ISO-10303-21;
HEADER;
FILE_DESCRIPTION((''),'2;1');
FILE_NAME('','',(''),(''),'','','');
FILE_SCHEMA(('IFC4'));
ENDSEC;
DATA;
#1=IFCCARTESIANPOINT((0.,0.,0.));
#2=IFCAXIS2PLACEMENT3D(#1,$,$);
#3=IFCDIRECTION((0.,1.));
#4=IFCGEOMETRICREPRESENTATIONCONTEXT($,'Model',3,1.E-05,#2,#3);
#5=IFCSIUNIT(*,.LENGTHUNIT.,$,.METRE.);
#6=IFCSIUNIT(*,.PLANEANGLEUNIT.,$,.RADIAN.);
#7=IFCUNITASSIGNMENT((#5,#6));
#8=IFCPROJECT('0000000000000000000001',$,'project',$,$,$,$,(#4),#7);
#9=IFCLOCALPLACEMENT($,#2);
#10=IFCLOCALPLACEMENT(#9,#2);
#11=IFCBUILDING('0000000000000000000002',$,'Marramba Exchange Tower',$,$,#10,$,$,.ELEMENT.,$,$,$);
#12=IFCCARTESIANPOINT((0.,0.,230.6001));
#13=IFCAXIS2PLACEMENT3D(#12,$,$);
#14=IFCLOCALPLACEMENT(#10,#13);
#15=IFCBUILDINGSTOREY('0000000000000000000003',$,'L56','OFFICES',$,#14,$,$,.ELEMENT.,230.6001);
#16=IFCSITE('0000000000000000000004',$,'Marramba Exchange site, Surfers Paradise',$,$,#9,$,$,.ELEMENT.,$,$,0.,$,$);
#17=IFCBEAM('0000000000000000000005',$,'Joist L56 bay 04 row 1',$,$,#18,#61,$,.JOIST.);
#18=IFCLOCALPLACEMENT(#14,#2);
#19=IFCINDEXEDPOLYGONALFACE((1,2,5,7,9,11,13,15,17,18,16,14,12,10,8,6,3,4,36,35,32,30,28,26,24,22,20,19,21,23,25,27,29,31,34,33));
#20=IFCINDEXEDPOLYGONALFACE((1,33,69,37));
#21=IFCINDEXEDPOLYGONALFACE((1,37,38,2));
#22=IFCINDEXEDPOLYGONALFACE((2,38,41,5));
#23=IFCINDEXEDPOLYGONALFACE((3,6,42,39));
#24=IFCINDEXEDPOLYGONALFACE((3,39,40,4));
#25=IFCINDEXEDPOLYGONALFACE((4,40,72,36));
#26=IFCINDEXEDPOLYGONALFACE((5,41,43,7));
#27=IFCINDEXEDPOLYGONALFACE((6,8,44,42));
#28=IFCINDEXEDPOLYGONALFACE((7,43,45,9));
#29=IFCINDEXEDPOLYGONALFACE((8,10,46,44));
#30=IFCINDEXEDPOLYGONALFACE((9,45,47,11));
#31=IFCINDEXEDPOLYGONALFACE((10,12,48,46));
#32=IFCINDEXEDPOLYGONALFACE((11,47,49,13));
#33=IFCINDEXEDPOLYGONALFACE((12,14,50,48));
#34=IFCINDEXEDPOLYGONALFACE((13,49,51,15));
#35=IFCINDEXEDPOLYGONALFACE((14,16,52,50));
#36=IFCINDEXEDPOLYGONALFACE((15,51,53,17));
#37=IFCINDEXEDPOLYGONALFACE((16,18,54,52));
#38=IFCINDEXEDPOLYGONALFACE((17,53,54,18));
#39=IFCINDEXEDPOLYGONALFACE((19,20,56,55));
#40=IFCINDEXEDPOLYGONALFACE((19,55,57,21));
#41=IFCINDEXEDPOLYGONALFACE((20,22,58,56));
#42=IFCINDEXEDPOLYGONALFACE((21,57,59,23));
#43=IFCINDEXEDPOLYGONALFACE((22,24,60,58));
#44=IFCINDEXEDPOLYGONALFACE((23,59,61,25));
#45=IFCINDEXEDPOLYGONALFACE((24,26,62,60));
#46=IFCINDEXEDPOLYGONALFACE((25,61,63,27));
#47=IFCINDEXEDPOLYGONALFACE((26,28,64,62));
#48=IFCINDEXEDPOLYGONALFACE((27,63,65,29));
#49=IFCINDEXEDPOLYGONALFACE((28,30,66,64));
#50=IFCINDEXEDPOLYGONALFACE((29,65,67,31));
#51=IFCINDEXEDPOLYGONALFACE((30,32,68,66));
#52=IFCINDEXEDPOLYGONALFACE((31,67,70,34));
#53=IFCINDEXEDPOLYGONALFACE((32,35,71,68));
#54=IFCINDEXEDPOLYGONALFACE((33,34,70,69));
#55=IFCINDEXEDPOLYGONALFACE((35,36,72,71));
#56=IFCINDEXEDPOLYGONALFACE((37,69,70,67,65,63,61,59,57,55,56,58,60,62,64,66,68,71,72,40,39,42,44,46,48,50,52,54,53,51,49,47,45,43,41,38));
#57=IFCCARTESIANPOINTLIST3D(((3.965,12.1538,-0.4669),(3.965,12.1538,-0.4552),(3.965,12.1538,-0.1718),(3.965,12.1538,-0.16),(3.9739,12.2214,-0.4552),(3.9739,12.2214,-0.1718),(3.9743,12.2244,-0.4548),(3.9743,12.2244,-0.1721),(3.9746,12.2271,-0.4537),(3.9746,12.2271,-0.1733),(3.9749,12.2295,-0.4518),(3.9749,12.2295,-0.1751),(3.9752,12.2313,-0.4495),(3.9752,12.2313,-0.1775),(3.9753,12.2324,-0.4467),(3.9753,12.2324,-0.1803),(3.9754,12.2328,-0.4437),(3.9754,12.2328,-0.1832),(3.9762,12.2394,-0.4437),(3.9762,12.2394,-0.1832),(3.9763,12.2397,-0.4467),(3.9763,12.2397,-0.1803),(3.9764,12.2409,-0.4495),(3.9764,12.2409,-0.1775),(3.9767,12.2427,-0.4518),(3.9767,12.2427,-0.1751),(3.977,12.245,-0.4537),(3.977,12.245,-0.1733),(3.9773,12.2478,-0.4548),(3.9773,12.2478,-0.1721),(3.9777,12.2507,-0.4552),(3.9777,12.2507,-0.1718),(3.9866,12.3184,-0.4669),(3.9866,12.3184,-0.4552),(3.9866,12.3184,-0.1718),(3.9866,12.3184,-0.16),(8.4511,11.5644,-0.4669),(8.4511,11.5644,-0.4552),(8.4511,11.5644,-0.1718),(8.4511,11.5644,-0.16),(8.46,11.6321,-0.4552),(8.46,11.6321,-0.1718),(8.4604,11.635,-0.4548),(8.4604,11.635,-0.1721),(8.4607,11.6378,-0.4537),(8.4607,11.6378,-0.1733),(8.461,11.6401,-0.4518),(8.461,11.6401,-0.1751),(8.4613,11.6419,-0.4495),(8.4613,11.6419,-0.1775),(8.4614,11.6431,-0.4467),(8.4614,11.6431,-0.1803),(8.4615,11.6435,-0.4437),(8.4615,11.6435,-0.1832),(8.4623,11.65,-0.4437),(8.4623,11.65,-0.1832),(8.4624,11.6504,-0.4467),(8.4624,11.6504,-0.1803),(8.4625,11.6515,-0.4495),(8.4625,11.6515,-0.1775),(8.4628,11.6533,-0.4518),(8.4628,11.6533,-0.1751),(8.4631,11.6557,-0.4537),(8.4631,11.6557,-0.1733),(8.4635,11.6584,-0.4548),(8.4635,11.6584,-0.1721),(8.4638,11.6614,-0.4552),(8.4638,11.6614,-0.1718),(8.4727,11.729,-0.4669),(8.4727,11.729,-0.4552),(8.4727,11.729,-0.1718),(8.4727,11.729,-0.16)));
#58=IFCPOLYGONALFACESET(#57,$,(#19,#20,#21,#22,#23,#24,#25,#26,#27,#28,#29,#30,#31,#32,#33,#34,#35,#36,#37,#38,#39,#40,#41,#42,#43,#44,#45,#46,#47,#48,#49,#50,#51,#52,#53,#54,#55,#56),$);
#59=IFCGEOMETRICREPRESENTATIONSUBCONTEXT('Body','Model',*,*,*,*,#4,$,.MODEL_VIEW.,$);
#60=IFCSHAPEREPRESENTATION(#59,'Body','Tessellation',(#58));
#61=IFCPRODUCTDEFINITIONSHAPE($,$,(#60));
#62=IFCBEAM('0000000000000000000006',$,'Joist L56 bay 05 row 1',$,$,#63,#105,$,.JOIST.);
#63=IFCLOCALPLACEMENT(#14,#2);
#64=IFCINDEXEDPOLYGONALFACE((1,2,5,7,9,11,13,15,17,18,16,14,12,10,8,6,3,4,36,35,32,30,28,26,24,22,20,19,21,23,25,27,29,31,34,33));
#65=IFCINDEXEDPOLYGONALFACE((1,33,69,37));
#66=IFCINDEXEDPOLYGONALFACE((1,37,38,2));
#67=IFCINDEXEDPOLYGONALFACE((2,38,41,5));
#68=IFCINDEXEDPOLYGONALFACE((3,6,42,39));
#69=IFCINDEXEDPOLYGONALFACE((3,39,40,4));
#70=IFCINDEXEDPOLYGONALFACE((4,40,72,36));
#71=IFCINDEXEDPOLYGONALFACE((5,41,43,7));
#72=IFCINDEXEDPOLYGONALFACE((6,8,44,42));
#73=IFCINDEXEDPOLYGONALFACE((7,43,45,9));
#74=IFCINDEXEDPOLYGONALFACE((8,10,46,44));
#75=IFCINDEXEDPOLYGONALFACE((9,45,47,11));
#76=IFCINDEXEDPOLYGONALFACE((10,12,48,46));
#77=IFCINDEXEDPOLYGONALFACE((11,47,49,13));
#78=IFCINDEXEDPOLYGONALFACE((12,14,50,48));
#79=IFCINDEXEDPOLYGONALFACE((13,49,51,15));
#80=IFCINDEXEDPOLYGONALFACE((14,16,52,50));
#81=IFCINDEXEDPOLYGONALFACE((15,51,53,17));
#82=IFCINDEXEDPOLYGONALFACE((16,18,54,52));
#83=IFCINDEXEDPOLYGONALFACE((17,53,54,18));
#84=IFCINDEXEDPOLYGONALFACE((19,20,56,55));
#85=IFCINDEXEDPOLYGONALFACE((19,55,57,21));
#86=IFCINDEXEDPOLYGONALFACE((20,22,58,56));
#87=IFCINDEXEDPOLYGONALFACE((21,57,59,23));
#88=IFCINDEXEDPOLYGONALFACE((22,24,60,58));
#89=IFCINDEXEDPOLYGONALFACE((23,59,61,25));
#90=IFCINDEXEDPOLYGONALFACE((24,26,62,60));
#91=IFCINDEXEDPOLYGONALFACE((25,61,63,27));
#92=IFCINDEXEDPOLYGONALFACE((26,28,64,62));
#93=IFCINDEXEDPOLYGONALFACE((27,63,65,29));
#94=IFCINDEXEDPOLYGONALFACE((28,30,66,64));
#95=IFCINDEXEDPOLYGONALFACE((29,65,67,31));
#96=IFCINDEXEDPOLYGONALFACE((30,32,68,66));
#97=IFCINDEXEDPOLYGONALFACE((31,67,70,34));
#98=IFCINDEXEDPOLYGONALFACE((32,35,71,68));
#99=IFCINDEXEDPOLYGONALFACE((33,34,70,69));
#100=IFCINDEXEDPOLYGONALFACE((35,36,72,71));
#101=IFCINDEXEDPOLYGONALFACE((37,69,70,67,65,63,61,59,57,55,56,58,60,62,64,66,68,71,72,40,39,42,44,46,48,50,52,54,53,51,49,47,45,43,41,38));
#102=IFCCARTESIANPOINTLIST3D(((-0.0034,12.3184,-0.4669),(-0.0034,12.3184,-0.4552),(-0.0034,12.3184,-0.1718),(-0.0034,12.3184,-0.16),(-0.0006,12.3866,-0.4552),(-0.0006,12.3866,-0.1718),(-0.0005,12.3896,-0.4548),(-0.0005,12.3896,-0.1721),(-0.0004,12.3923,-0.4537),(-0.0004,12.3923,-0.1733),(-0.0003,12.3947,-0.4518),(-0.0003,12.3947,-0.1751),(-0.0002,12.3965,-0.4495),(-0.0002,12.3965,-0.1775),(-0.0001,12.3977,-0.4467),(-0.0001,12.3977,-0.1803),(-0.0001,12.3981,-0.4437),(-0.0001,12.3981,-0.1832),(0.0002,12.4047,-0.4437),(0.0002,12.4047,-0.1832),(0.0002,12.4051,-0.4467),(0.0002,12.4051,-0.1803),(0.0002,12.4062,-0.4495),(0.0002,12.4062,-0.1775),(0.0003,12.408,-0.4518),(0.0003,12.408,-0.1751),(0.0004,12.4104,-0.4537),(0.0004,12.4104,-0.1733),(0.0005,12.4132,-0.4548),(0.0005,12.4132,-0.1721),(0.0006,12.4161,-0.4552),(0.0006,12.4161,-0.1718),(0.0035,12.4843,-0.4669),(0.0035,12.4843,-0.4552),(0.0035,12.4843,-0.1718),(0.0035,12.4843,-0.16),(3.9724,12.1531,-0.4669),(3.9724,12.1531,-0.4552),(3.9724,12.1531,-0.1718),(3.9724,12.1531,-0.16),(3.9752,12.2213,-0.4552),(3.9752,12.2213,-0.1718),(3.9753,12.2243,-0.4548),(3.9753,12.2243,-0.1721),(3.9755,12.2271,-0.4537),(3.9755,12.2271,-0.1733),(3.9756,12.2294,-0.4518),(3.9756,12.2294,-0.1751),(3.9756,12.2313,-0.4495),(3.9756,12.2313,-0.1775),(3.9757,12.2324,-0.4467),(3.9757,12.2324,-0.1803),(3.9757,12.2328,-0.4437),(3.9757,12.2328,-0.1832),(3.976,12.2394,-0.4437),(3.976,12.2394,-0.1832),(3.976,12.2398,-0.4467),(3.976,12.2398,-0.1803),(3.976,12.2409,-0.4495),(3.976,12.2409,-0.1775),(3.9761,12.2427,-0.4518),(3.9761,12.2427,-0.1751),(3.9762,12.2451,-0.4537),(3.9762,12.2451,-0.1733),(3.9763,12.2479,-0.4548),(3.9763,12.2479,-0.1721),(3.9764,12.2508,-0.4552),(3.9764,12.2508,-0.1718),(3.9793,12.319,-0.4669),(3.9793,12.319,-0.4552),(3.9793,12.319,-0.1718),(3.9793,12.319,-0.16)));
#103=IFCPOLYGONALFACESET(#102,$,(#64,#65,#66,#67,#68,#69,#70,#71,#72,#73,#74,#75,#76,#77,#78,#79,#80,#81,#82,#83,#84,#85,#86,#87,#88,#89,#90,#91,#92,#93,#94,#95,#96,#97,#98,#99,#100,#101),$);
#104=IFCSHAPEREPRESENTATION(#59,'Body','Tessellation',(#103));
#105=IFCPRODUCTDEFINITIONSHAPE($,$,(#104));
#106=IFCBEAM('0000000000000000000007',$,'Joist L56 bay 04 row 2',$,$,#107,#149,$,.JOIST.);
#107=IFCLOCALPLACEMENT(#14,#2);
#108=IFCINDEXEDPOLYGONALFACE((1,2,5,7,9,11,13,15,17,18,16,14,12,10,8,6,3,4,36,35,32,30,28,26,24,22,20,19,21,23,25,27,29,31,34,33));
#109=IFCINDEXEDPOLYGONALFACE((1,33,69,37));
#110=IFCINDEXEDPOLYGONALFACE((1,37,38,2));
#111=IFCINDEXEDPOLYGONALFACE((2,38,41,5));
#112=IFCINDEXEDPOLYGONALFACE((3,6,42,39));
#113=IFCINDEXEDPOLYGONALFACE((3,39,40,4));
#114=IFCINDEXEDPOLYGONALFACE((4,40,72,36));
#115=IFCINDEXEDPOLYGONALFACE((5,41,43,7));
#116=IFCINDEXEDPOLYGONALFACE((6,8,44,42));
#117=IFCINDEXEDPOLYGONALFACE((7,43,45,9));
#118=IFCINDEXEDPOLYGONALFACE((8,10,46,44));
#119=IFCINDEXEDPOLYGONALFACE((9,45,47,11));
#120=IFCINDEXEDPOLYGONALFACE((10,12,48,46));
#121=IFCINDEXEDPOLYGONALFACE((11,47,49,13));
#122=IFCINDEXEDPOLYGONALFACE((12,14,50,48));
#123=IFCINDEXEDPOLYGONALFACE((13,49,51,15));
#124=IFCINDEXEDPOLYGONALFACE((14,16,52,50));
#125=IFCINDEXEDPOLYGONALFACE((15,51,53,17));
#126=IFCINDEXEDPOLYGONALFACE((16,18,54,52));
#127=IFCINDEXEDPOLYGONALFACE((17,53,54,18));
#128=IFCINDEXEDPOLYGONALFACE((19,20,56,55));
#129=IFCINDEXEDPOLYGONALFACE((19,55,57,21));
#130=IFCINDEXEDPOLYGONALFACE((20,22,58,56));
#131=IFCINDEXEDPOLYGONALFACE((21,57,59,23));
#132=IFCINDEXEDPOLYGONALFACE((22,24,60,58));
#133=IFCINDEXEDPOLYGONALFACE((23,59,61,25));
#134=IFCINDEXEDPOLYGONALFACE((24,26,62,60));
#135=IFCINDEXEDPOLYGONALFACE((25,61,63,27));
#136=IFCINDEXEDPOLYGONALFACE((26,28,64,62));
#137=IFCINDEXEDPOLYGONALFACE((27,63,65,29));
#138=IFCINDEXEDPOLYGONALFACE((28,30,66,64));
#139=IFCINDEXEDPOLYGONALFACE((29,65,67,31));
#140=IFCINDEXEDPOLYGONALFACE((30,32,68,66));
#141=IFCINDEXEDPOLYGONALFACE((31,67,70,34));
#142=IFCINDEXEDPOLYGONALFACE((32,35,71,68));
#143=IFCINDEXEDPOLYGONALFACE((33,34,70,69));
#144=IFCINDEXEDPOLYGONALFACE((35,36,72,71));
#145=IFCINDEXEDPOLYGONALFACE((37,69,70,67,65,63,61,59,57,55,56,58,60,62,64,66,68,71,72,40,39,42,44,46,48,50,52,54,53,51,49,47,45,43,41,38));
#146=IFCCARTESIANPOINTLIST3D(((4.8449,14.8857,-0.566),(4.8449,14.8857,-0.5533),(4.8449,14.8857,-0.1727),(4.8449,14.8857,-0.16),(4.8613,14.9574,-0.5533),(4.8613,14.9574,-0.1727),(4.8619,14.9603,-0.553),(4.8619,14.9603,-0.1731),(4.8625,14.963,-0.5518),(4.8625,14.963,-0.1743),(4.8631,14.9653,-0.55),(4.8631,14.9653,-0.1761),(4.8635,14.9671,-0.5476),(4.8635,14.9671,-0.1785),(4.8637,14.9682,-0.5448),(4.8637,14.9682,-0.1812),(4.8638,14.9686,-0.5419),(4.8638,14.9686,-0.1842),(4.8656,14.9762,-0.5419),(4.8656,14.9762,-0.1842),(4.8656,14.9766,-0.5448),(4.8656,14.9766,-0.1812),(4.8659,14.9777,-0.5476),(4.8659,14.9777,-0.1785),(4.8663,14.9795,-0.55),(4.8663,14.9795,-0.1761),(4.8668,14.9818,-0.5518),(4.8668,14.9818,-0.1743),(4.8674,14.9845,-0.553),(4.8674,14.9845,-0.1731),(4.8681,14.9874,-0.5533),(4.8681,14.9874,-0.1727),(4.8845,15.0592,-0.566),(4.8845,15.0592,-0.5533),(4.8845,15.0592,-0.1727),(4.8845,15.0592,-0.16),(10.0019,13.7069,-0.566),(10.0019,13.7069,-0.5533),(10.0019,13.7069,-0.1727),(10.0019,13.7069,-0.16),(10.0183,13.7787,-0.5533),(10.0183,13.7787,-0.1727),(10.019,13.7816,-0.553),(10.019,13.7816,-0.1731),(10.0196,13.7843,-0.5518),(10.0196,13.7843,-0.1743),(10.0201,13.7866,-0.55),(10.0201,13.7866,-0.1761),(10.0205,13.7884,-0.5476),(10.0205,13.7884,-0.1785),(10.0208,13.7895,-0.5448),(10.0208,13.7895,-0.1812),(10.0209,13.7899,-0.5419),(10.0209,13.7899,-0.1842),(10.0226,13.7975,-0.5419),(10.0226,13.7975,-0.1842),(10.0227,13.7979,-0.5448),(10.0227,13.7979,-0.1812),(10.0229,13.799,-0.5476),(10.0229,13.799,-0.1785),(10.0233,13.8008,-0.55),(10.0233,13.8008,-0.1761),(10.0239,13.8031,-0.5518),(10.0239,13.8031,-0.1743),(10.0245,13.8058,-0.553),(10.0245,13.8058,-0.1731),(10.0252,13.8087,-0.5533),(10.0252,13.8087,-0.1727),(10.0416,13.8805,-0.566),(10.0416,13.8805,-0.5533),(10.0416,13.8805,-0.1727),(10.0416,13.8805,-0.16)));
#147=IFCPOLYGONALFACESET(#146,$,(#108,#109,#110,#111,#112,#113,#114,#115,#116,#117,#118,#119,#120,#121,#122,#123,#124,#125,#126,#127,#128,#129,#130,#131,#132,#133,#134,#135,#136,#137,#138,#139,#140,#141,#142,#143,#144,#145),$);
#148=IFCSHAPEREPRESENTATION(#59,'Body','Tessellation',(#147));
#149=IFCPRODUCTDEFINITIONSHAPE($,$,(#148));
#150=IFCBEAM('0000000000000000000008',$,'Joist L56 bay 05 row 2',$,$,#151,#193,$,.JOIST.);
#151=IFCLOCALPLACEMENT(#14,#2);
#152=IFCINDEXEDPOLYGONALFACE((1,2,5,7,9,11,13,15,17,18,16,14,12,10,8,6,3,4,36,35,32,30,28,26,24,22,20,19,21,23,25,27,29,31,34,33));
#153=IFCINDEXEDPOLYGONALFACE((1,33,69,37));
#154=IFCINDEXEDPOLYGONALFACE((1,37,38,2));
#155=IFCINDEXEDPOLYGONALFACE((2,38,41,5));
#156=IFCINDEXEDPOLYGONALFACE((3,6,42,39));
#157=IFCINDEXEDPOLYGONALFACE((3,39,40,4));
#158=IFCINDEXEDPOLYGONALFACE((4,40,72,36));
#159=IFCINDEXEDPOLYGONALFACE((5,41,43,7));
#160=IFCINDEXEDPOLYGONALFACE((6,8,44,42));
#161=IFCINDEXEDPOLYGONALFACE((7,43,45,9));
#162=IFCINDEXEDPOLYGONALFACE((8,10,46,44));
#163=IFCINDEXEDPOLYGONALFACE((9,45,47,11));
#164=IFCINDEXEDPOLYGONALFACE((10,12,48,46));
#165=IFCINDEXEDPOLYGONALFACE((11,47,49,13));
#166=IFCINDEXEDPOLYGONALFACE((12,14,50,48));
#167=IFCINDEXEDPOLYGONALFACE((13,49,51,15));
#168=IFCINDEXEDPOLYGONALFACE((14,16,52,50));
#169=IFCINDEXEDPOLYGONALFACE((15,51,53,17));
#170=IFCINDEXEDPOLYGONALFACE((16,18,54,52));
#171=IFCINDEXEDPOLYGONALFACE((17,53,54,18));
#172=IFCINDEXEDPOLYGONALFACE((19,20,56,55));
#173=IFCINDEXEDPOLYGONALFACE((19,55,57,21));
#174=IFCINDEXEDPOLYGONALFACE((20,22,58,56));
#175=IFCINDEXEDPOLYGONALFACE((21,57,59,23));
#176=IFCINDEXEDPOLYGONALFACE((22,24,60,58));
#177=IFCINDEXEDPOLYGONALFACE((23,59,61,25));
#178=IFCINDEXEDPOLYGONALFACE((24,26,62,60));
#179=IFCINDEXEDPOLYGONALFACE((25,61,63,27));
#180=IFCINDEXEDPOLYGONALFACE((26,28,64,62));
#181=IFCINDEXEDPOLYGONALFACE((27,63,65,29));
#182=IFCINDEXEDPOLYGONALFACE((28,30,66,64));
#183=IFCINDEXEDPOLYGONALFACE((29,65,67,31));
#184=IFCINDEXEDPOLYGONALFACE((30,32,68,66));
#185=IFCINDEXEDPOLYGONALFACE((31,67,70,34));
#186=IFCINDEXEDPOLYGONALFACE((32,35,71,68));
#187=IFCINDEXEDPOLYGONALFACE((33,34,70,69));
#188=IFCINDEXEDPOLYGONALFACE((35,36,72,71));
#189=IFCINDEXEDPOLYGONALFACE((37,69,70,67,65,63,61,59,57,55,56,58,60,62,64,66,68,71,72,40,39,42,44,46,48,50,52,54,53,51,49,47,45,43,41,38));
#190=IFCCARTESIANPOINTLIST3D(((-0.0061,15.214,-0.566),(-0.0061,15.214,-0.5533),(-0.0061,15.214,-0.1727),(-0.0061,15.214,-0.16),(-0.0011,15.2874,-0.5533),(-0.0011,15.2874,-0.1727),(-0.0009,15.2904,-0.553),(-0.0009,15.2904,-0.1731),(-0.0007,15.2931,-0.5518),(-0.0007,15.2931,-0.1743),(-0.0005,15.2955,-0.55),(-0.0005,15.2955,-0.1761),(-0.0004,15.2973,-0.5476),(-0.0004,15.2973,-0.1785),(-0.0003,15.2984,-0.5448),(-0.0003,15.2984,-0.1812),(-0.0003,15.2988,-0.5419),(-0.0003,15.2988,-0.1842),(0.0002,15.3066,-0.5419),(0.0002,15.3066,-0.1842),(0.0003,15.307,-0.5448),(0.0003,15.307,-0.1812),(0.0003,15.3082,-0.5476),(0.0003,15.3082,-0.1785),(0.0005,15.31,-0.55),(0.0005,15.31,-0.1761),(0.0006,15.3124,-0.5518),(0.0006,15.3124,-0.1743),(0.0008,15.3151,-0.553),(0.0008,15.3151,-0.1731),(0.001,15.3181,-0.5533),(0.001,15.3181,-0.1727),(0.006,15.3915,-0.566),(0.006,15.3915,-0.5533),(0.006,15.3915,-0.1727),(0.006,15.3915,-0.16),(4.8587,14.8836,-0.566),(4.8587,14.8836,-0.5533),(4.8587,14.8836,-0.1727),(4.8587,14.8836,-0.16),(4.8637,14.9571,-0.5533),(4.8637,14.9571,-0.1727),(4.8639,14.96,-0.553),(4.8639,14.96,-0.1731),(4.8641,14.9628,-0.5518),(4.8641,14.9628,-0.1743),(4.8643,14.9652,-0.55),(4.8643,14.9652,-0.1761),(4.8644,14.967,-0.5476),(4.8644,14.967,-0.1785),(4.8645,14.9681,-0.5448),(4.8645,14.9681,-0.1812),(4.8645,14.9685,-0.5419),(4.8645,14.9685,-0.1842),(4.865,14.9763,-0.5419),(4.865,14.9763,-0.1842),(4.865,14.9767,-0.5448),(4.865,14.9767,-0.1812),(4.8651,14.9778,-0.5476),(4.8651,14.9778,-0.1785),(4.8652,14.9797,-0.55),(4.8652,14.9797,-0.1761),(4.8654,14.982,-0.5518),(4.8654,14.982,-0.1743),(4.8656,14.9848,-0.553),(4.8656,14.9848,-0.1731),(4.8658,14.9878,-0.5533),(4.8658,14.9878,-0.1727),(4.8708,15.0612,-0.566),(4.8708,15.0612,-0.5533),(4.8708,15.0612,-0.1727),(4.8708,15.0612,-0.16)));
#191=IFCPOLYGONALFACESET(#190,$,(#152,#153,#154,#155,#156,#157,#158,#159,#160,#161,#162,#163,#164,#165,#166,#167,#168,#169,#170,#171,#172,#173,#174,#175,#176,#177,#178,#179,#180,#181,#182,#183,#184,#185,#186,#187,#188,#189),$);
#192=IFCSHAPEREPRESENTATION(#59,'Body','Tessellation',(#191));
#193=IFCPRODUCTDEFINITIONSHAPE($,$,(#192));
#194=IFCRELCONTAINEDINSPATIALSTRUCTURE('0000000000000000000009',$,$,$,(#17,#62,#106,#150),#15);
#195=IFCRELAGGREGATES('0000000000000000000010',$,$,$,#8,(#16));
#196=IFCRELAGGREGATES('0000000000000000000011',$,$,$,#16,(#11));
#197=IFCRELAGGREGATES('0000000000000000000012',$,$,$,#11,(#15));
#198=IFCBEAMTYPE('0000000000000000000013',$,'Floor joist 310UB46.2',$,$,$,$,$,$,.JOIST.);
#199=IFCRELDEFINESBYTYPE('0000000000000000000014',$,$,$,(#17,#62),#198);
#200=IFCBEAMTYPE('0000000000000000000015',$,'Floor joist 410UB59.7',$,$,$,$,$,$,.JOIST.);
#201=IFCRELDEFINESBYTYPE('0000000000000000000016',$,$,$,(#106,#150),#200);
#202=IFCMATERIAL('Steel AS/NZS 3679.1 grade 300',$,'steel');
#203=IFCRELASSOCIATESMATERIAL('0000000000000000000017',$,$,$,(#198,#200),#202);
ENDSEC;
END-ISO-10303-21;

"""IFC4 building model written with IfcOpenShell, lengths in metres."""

from ifc_helpers import new_model, si_unit, direction, frame, origin, origin_2d, place, context, subcontext, project, spatial, i_section, extrude, material, material_profile, profile_set, type_object, element, save


model = new_model("IFC4")

# Units and contexts
model_context = context("Model", 3, precision=1e-05, world=origin(), true_north=direction((0.0, 1.0)))
body_context = subcontext(model_context, "Body", "Model", "MODEL_VIEW")
ifc_project = project(units=[si_unit("LENGTHUNIT", "METRE"), si_unit("PLANEANGLEUNIT", "RADIAN")], contexts=[model_context])

# Site, building, storey
site_placement = place(None, origin())
site = spatial("IfcSite", under=ifc_project, at=site_placement, Name="Marramba Exchange site, Surfers Paradise", CompositionType="ELEMENT", RefElevation=0.0)
building_placement = place(site_placement, origin())
building = spatial("IfcBuilding", under=site, at=building_placement, Name="Marramba Exchange Tower", CompositionType="ELEMENT")
storey_placement = place(building_placement, frame((0.0, 0.0, 230.6001)))
storey = spatial("IfcBuildingStorey", under=building, at=storey_placement, Name="L56", Description="OFFICES", CompositionType="ELEMENT", Elevation=230.6001)

# Beams
ifc_material_1 = material(Name="Steel AS/NZS 3679.1 grade 300", Category="steel")
ifc_material_profile_1 = material_profile(ifc_material_1, i_section(OverallWidth=0.166, OverallDepth=0.3069, WebThickness=0.0066, FlangeThickness=0.0117, FilletRadius=0.0115, at=origin_2d()), Name="310UB46.2")
ifc_profile_set_1 = profile_set([ifc_material_profile_1], Name="Steel AS/NZS 3679.1 grade 300")
beam_type_1 = type_object("IfcBeamType", Name="Floor joist 310UB46.2", PredefinedType="JOIST", material=ifc_profile_set_1)
beam_1_placement = place(storey_placement, frame((8.4619, 11.6467, -0.3135), z_axis=(-0.991481, 0.130255, 0.0), x_axis=(-0.130255, -0.991481, 0.0)))
element("IfcBeam", 1, at=beam_1_placement, inside=storey, type_object=beam_type_1, Name="Joist L56 bay 04 row 1", PredefinedType="JOIST", context=body_context, shape_type="SweptSolid", body=[
    extrude(i_section(OverallWidth=0.166, OverallDepth=0.3069, WebThickness=0.0066, FlangeThickness=0.0117, FilletRadius=0.0115, at=origin_2d()), origin(), (0.0, 0.0, 1.0), 4.5247),
])
beam_2_placement = place(storey_placement, frame((3.9758, 12.2361, -0.3135), z_axis=(-0.999137, 0.041536, 0.0), x_axis=(-0.041536, -0.999137, 0.0)))
element("IfcBeam", 2, at=beam_2_placement, inside=storey, type_object=beam_type_1, Name="Joist L56 bay 05 row 1", PredefinedType="JOIST", context=body_context, shape_type="SweptSolid", body=[
    extrude(i_section(OverallWidth=0.166, OverallDepth=0.3069, WebThickness=0.0066, FlangeThickness=0.0117, FilletRadius=0.0115, at=origin_2d()), origin(), (0.0, 0.0, 1.0), 3.9792),
])
ifc_material_profile_2 = material_profile(ifc_material_1, i_section(OverallWidth=0.178, OverallDepth=0.406, WebThickness=0.0078, FlangeThickness=0.0127, FilletRadius=0.0115, at=origin_2d()), Name="410UB59.7")
ifc_profile_set_2 = profile_set([ifc_material_profile_2], Name="Steel AS/NZS 3679.1 grade 300")
beam_type_2 = type_object("IfcBeamType", Name="Floor joist 410UB59.7", PredefinedType="JOIST", material=ifc_profile_set_2)
beam_3_placement = place(storey_placement, frame((10.0217, 13.7937, -0.363), z_axis=(-0.97486, 0.22282, 0.0), x_axis=(-0.22282, -0.97486, 0.0)))
element("IfcBeam", 3, at=beam_3_placement, inside=storey, type_object=beam_type_2, Name="Joist L56 bay 04 row 2", PredefinedType="JOIST", context=body_context, shape_type="SweptSolid", body=[
    extrude(i_section(OverallWidth=0.178, OverallDepth=0.406, WebThickness=0.0078, FlangeThickness=0.0127, FilletRadius=0.0115, at=origin_2d()), origin(), (0.0, 0.0, 1.0), 5.29),
])
for number, where, z_axis, x_axis, name in (
    (4, (4.8647, 14.9724, -0.363), (-0.997703, 0.067745, 0.0), (-0.067745, -0.997703, 0.0), "Joist L56 bay 05 row 2"),
):
    element("IfcBeam", number, at=place(storey_placement, frame(where, z_axis=z_axis, x_axis=x_axis)), inside=storey, type_object=beam_type_2, Name=name, PredefinedType="JOIST", context=body_context, shape_type="SweptSolid", body=[
        extrude(i_section(OverallWidth=0.178, OverallDepth=0.406, WebThickness=0.0078, FlangeThickness=0.0127, FilletRadius=0.0115, at=origin_2d()), origin(), (0.0, 0.0, 1.0), 4.876),
    ])

save(model, "model.ifc")
